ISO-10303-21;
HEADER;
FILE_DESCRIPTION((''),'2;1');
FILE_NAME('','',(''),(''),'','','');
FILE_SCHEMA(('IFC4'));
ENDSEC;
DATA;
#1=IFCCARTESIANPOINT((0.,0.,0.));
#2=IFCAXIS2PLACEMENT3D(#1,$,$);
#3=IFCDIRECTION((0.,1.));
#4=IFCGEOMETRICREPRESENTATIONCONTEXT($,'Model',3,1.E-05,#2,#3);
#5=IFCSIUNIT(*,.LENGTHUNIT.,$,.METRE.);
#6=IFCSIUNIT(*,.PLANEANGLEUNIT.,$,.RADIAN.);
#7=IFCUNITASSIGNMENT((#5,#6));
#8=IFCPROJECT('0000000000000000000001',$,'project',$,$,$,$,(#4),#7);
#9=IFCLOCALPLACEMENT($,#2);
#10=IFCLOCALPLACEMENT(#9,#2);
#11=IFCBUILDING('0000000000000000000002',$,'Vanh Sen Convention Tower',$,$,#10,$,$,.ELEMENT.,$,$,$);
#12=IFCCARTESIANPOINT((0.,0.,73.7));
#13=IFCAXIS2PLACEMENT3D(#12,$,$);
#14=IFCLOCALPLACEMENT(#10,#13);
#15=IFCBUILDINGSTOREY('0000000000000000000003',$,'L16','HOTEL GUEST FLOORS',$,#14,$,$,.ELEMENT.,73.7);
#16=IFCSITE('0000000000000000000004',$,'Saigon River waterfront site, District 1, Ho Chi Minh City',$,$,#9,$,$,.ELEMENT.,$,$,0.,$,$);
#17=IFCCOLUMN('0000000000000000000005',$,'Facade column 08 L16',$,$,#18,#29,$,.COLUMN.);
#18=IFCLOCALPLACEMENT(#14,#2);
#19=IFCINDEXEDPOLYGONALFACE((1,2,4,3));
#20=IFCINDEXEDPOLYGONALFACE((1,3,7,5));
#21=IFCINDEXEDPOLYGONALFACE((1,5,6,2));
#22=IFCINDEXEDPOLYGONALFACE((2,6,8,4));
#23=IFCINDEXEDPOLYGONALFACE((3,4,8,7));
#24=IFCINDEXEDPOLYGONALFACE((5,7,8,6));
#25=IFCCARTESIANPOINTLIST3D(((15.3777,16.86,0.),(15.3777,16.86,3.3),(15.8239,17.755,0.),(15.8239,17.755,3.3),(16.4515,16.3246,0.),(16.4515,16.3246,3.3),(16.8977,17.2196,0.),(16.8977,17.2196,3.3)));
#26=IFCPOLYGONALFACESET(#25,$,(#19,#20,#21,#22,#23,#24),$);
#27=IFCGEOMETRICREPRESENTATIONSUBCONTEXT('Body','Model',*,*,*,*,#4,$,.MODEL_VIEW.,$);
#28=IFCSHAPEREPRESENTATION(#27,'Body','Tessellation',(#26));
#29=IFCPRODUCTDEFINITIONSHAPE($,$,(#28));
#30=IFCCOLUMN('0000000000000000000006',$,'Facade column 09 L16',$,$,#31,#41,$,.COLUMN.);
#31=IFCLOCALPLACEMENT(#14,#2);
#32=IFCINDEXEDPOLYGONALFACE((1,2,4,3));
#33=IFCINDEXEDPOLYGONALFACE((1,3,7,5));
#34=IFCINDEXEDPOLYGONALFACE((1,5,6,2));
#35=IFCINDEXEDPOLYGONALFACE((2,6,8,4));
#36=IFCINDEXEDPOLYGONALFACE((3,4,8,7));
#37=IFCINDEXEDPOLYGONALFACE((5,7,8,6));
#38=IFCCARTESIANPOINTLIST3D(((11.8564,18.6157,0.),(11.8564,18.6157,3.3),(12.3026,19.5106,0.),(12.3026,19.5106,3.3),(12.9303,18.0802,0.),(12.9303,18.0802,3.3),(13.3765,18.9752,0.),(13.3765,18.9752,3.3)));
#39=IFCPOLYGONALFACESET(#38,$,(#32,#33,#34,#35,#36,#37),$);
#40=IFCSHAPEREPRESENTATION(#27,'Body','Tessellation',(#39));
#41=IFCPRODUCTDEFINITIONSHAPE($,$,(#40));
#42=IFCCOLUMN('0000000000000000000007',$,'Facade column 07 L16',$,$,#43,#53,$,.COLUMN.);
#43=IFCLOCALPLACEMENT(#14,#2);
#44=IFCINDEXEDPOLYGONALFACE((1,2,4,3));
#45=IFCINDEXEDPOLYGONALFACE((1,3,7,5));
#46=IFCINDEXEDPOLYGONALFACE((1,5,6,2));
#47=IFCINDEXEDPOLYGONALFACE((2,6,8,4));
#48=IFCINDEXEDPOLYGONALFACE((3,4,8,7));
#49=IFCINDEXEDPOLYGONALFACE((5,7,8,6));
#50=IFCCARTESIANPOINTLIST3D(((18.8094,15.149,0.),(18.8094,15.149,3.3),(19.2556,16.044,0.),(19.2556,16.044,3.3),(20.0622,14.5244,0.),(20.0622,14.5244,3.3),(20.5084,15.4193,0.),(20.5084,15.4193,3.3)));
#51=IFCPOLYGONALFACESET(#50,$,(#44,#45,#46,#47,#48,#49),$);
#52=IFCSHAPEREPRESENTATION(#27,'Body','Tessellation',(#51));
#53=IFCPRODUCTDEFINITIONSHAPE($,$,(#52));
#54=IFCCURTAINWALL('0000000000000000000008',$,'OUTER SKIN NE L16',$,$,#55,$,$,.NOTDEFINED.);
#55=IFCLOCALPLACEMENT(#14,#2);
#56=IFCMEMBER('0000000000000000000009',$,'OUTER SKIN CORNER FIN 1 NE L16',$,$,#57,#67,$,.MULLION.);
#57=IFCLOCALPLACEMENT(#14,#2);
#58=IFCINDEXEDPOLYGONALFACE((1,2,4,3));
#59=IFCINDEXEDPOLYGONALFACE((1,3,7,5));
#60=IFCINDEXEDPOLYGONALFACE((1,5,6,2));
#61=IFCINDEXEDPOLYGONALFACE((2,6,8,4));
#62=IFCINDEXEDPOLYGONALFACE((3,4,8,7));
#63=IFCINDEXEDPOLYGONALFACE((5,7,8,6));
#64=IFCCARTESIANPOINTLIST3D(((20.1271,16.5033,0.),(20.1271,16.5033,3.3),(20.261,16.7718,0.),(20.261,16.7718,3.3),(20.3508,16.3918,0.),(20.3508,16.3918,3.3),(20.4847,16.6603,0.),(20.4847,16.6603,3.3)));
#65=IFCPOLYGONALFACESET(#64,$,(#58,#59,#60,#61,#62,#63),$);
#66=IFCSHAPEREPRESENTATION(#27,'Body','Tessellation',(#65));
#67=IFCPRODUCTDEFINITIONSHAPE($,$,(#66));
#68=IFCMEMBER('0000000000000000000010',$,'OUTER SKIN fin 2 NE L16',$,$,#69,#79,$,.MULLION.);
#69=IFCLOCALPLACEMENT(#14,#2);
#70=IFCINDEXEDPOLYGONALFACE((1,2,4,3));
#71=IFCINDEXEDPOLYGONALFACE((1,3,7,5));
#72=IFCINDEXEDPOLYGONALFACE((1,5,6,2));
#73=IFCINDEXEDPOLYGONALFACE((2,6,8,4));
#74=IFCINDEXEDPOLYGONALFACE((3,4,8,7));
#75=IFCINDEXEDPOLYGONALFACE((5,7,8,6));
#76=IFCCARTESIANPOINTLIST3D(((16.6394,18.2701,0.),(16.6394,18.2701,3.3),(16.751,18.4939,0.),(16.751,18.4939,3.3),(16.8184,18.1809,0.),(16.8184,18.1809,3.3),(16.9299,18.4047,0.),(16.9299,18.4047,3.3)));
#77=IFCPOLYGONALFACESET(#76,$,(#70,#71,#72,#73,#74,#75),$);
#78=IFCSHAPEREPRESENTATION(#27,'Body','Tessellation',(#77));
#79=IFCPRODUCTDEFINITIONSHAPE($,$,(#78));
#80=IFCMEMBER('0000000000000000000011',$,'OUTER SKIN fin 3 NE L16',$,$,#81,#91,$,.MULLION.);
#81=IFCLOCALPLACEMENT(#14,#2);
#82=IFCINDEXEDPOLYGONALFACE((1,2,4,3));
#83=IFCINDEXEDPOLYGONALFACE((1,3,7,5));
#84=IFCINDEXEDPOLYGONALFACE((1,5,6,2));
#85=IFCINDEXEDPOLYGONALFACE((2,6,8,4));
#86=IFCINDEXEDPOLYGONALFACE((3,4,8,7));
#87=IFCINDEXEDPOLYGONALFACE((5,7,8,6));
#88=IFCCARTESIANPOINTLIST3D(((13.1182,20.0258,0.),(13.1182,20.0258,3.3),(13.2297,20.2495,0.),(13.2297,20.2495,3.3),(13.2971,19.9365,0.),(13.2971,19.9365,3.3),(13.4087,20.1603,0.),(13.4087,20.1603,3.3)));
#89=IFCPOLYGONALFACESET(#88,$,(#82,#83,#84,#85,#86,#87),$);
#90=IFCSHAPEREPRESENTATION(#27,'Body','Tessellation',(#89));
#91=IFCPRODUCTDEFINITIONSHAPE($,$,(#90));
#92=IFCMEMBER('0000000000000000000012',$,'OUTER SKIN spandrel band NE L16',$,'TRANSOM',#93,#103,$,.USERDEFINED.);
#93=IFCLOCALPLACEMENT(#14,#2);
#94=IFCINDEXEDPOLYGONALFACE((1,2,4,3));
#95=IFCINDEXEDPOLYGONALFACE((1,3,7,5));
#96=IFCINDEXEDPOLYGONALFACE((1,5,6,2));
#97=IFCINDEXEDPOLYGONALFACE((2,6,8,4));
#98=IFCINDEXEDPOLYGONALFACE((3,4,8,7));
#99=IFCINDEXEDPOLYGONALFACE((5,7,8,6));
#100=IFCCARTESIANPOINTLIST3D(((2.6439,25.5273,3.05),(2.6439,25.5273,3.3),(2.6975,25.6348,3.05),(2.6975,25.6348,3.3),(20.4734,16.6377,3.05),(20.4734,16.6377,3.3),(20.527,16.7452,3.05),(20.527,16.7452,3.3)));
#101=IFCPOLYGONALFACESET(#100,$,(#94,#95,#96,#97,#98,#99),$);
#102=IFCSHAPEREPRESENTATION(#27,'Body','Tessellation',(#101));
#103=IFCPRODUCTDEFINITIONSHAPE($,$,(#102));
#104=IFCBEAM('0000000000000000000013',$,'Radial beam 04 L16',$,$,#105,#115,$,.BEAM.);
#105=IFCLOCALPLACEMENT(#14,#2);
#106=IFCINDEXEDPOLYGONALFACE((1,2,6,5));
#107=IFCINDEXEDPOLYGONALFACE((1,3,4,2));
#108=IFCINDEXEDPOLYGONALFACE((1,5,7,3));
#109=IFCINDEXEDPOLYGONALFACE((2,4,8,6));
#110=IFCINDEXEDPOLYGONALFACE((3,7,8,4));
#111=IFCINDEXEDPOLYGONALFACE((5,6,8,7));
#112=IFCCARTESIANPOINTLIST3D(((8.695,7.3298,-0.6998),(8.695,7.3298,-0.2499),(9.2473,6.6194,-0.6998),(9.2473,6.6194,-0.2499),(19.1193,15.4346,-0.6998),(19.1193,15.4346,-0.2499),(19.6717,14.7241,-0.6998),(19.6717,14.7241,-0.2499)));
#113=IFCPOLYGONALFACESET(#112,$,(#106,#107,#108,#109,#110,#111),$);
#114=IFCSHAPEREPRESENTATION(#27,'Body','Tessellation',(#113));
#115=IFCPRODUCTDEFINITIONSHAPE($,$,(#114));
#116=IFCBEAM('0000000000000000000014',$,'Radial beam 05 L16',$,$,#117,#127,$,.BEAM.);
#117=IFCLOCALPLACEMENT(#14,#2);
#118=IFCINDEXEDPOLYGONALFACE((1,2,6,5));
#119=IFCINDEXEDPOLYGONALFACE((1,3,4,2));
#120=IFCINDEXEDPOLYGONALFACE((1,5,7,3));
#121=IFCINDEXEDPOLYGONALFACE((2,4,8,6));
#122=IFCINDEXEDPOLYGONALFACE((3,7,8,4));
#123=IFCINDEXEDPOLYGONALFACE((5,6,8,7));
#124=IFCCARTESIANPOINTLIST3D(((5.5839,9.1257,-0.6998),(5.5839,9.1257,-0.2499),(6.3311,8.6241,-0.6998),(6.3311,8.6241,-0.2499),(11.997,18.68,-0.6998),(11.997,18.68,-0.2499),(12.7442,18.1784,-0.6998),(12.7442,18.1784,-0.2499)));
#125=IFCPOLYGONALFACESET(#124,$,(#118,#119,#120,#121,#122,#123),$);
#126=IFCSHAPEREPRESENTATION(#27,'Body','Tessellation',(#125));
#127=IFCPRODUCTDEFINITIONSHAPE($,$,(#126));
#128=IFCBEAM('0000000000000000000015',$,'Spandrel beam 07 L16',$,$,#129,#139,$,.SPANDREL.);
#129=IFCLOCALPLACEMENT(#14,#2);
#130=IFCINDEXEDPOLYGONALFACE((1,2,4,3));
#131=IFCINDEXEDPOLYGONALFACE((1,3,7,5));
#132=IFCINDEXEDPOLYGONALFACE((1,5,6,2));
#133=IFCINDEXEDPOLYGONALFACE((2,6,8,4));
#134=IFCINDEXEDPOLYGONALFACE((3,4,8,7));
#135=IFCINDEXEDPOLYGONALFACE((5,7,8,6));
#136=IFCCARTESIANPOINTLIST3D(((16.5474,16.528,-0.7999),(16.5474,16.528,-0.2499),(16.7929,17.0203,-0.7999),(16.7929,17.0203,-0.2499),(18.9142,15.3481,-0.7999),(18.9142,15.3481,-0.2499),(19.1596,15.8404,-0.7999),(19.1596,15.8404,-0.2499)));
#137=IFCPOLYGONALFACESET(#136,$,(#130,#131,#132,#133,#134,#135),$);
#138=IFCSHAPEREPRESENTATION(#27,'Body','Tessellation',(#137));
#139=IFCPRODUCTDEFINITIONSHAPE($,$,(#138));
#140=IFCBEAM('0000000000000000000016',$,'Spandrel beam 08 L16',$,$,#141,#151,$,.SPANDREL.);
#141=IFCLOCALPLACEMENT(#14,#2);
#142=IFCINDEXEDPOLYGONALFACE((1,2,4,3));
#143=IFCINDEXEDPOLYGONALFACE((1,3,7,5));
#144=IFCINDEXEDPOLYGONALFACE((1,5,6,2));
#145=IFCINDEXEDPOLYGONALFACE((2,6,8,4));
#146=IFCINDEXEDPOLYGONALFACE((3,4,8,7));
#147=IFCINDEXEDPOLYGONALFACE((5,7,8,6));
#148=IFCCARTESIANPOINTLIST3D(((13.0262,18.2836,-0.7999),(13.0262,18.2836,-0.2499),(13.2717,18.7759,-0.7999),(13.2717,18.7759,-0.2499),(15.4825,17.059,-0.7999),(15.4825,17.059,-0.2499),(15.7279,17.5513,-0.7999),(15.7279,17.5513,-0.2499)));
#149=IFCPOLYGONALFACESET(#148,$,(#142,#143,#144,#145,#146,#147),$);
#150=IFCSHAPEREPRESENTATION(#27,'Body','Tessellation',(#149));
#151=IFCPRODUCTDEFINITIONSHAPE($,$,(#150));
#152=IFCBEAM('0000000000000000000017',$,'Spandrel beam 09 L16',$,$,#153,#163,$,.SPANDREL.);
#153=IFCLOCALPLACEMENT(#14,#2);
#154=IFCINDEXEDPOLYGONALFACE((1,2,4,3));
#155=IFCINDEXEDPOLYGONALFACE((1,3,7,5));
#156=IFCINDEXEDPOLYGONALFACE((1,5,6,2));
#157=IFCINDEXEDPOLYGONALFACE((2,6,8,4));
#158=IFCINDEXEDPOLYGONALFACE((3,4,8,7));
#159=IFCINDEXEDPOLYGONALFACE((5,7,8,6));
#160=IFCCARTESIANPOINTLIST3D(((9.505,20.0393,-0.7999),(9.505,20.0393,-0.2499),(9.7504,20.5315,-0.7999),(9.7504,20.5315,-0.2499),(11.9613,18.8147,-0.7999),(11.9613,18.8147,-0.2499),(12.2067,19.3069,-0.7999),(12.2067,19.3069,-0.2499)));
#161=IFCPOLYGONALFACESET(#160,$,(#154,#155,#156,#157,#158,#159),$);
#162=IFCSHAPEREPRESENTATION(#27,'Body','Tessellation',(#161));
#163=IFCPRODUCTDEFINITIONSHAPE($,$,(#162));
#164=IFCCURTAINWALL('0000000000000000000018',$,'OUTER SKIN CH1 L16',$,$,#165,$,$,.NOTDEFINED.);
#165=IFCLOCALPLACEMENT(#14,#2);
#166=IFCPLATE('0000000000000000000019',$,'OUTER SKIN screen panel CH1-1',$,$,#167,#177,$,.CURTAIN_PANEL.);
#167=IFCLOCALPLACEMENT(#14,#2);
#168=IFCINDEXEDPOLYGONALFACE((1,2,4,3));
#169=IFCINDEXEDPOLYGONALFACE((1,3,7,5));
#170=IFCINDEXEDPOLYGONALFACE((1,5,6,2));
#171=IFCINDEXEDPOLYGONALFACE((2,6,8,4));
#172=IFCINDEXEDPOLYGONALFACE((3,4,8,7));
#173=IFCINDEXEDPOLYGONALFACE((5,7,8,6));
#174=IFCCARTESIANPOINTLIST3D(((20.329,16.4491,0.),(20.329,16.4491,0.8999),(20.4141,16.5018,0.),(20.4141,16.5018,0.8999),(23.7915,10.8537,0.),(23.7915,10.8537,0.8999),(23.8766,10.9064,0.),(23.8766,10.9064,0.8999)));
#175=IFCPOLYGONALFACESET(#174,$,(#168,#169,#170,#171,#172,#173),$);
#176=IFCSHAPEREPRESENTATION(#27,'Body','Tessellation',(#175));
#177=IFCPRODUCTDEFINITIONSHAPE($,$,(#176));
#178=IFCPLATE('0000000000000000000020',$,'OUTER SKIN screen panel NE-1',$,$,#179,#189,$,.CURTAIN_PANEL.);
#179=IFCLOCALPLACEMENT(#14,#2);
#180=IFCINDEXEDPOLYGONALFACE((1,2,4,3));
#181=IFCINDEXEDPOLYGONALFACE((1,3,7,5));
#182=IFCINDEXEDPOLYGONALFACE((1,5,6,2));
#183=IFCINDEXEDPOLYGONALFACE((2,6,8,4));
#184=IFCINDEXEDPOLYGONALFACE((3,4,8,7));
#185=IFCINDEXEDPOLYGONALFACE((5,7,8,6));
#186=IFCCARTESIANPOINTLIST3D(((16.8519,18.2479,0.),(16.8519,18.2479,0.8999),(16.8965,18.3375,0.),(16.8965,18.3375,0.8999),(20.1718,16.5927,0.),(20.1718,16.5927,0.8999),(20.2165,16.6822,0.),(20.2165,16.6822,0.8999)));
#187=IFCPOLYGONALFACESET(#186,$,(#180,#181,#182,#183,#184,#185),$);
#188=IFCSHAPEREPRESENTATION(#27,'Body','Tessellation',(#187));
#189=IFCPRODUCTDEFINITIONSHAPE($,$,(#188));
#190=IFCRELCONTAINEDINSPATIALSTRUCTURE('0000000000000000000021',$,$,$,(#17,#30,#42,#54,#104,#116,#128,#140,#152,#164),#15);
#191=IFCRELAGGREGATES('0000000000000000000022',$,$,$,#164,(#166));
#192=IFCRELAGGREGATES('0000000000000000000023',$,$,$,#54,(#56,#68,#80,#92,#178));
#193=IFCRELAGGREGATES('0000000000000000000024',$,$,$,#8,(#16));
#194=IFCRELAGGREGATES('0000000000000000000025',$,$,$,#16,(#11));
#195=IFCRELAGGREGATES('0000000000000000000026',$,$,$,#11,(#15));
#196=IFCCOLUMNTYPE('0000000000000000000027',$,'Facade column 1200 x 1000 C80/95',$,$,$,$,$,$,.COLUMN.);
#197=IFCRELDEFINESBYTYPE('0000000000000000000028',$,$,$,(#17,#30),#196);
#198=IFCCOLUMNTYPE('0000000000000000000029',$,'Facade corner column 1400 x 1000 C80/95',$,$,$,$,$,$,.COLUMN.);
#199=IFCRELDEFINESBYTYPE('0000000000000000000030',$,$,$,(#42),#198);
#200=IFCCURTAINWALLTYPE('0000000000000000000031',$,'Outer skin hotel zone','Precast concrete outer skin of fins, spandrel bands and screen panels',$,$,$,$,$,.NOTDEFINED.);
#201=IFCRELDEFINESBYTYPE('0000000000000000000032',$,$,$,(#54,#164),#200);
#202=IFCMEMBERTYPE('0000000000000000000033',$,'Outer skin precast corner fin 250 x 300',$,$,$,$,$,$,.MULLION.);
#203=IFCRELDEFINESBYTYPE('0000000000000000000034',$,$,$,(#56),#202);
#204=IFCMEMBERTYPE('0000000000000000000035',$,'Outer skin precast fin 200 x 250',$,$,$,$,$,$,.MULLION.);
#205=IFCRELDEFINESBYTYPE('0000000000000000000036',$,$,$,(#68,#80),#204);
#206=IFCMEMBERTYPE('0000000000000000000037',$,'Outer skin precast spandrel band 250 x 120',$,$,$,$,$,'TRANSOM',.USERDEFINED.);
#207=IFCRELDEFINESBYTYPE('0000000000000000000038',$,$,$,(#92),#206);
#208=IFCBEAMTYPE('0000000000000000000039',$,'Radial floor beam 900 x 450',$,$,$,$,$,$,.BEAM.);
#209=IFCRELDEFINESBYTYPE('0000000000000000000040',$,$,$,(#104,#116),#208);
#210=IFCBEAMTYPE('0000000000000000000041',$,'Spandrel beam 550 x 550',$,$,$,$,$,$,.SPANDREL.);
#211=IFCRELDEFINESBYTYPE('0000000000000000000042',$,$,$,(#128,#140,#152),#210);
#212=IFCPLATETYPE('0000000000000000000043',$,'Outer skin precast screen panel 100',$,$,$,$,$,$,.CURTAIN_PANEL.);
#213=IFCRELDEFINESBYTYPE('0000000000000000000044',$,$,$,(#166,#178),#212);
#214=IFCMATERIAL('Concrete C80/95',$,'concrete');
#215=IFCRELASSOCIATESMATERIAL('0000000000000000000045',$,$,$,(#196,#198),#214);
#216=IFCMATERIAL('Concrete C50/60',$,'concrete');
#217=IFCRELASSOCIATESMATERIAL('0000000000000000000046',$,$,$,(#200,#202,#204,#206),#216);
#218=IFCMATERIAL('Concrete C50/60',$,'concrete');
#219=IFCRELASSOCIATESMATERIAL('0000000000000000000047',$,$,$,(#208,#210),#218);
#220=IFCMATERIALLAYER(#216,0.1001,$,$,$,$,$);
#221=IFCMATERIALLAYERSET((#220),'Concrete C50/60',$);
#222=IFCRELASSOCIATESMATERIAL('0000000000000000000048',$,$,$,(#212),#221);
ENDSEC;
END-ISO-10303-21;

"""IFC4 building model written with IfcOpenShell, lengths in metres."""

from ifc_helpers import new_model, si_unit, direction, frame, origin, origin_2d, place, context, subcontext, project, spatial, rectangle, extrude, material, layer, layer_set, material_profile, profile_set, type_object, element, aggregate, save


model = new_model("IFC4")

# Units and contexts
model_context = context("Model", 3, precision=1e-05, world=origin(), true_north=direction((0.0, 1.0)))
body_context = subcontext(model_context, "Body", "Model", "MODEL_VIEW")
ifc_project = project(units=[si_unit("LENGTHUNIT", "METRE"), si_unit("PLANEANGLEUNIT", "RADIAN")], contexts=[model_context])

# Site, building, storey
site_placement = place(None, origin())
site = spatial("IfcSite", under=ifc_project, at=site_placement, Name="Saigon River waterfront site, District 1, Ho Chi Minh City", CompositionType="ELEMENT", RefElevation=0.0)
building_placement = place(site_placement, origin())
building = spatial("IfcBuilding", under=site, at=building_placement, Name="Vanh Sen Convention Tower", CompositionType="ELEMENT")
storey_placement = place(building_placement, frame((0.0, 0.0, 73.7)))
storey = spatial("IfcBuildingStorey", under=building, at=storey_placement, Name="L16", Description="HOTEL GUEST FLOORS", CompositionType="ELEMENT", Elevation=73.7)

# Columns
ifc_material_1 = material(Name="Concrete C80/95", Category="concrete")
ifc_material_profile_1 = material_profile(ifc_material_1, rectangle(XDim=1.2, YDim=1.0, at=origin_2d()), Name="RC 1200X1000")
ifc_profile_set_1 = profile_set([ifc_material_profile_1], Name="Concrete C80/95")
column_type_1 = type_object("IfcColumnType", Name="Facade column 1200 x 1000 C80/95", PredefinedType="COLUMN", material=ifc_profile_set_1)
for number, where, z_axis, x_axis, name in (
    (1, (16.1377, 17.0398, 0.0), (0.0, 0.0, 1.0), (-0.894934, 0.446198, 0.0), "Facade column 08 L16"),
    (2, (12.6165, 18.7954, 0.0), (0.0, 0.0, 1.0), (-0.894934, 0.446198, 0.0), "Facade column 09 L16"),
):
    element("IfcColumn", number, at=place(storey_placement, frame(where, z_axis=z_axis, x_axis=x_axis)), inside=storey, type_object=column_type_1, Name=name, PredefinedType="COLUMN", context=body_context, shape_type="SweptSolid", body=[
        extrude(rectangle(XDim=1.2, YDim=1.0, at=origin_2d()), origin(), (0.0, 0.0, 1.0), 3.3),
    ])
ifc_material_profile_2 = material_profile(ifc_material_1, rectangle(XDim=1.3999, YDim=1.0, at=origin_2d()), Name="RC 1400X1000")
ifc_profile_set_2 = profile_set([ifc_material_profile_2], Name="Concrete C80/95")
column_type_2 = type_object("IfcColumnType", Name="Facade corner column 1400 x 1000 C80/95", PredefinedType="COLUMN", material=ifc_profile_set_2)
column_placement = place(storey_placement, frame((19.6589, 15.2842, 0.0), z_axis=(0.0, 0.0, 1.0), x_axis=(-0.894934, 0.446198, 0.0)))
element("IfcColumn", 3, at=column_placement, inside=storey, type_object=column_type_2, Name="Facade column 07 L16", PredefinedType="COLUMN", context=body_context, shape_type="SweptSolid", body=[
    extrude(rectangle(XDim=1.3999, YDim=1.0, at=origin_2d()), origin(), (0.0, 0.0, 1.0), 3.3),
])

# Curtain wall, members
ifc_material_2 = material(Name="Concrete C50/60", Category="concrete")
curtain_wall_type = type_object("IfcCurtainWallType", Name="Outer skin hotel zone", Description="Precast concrete outer skin of fins, spandrel bands and screen panels", PredefinedType="NOTDEFINED", material=ifc_material_2)
curtain_wall_1_placement = place(storey_placement, origin())
curtain_wall_1 = element("IfcCurtainWall", 4, at=curtain_wall_1_placement, inside=storey, type_object=curtain_wall_type, Name="OUTER SKIN NE L16", PredefinedType="NOTDEFINED")
ifc_material_profile_3 = material_profile(ifc_material_2, rectangle(XDim=0.25, YDim=0.3, at=origin_2d()), Name="Outer skin precast corner fin 250 x 300")
ifc_profile_set_3 = profile_set([ifc_material_profile_3], Name="Concrete C50/60")
member_type_1 = type_object("IfcMemberType", Name="Outer skin precast corner fin 250 x 300", PredefinedType="MULLION", material=ifc_profile_set_3)
member_1_placement = place(storey_placement, frame((20.3059, 16.5818, 0.0), z_axis=(0.0, 0.0, 1.0), x_axis=(-0.894934, 0.446198, 0.0)))
member_1 = element("IfcMember", 5, at=member_1_placement, type_object=member_type_1, Name="OUTER SKIN CORNER FIN 1 NE L16", PredefinedType="MULLION", context=body_context, shape_type="SweptSolid", body=[
    extrude(rectangle(XDim=0.25, YDim=0.3, at=origin_2d()), origin(), (0.0, 0.0, 1.0), 3.3),
])
ifc_material_profile_4 = material_profile(ifc_material_2, rectangle(XDim=0.2, YDim=0.25, at=origin_2d()), Name="Outer skin precast fin 200 x 250")
ifc_profile_set_4 = profile_set([ifc_material_profile_4], Name="Concrete C50/60")
member_type_2 = type_object("IfcMemberType", Name="Outer skin precast fin 200 x 250", PredefinedType="MULLION", material=ifc_profile_set_4)
member_2_placement = place(storey_placement, frame((16.7847, 18.3374, 0.0), z_axis=(0.0, 0.0, 1.0), x_axis=(-0.894934, 0.446198, 0.0)))
member_2 = element("IfcMember", 6, at=member_2_placement, type_object=member_type_2, Name="OUTER SKIN fin 2 NE L16", PredefinedType="MULLION", context=body_context, shape_type="SweptSolid", body=[
    extrude(rectangle(XDim=0.2, YDim=0.25, at=origin_2d()), origin(), (0.0, 0.0, 1.0), 3.3),
])
member_3_placement = place(storey_placement, frame((13.2634, 20.093, 0.0), z_axis=(0.0, 0.0, 1.0), x_axis=(-0.894934, 0.446198, 0.0)))
member_3 = element("IfcMember", 7, at=member_3_placement, type_object=member_type_2, Name="OUTER SKIN fin 3 NE L16", PredefinedType="MULLION", context=body_context, shape_type="SweptSolid", body=[
    extrude(rectangle(XDim=0.2, YDim=0.25, at=origin_2d()), origin(), (0.0, 0.0, 1.0), 3.3),
])
ifc_material_profile_5 = material_profile(ifc_material_2, rectangle(XDim=0.1201, YDim=0.25, at=origin_2d()), Name="Outer skin precast spandrel band 250 x 120")
ifc_profile_set_5 = profile_set([ifc_material_profile_5], Name="Concrete C50/60")
member_type_3 = type_object("IfcMemberType", Name="Outer skin precast spandrel band 250 x 120", ElementType="TRANSOM", PredefinedType="USERDEFINED", material=ifc_profile_set_5)
member_4_placement = place(storey_placement, frame((20.5002, 16.6914, 3.175), z_axis=(-0.894931, 0.446204, 0.0), x_axis=(-0.446204, -0.894931, 0.0)))
member_4 = element("IfcMember", 8, at=member_4_placement, type_object=member_type_3, Name="OUTER SKIN spandrel band NE L16", ObjectType="TRANSOM", PredefinedType="USERDEFINED", context=body_context, shape_type="SweptSolid", body=[
    extrude(rectangle(XDim=0.1201, YDim=0.25, at=origin_2d()), origin(), (0.0, 0.0, 1.0), 19.9229),
])

# Beams
ifc_material_3 = material(Name="Concrete C50/60", Category="concrete")
ifc_material_profile_6 = material_profile(ifc_material_3, rectangle(XDim=0.8999, YDim=0.45, at=origin_2d()), Name="RC 900X450")
ifc_profile_set_6 = profile_set([ifc_material_profile_6], Name="Concrete C50/60")
beam_type_1 = type_object("IfcBeamType", Name="Radial floor beam 900 x 450", PredefinedType="BEAM", material=ifc_profile_set_6)
beam_1_placement = place(storey_placement, frame((19.3955, 15.0793, -0.4749), z_axis=(-0.789465, -0.613796, 0.0), x_axis=(0.613796, -0.789465, 0.0)))
element("IfcBeam", 9, at=beam_1_placement, inside=storey, type_object=beam_type_1, Name="Radial beam 04 L16", PredefinedType="BEAM", context=body_context, shape_type="SweptSolid", body=[
    extrude(rectangle(XDim=0.8999, YDim=0.45, at=origin_2d()), origin(), (0.0, 0.0, 1.0), 13.2043),
])
beam_2_placement = place(storey_placement, frame((12.3706, 18.4292, -0.4749), z_axis=(-0.557322, -0.830297, 0.0), x_axis=(0.830297, -0.557322, 0.0)))
element("IfcBeam", 10, at=beam_2_placement, inside=storey, type_object=beam_type_1, Name="Radial beam 05 L16", PredefinedType="BEAM", context=body_context, shape_type="SweptSolid", body=[
    extrude(rectangle(XDim=0.8999, YDim=0.45, at=origin_2d()), origin(), (0.0, 0.0, 1.0), 11.5071),
])
ifc_material_profile_7 = material_profile(ifc_material_3, rectangle(XDim=0.55, YDim=0.55, at=origin_2d()), Name="RC 550X550")
ifc_profile_set_7 = profile_set([ifc_material_profile_7], Name="Concrete C50/60")
beam_type_2 = type_object("IfcBeamType", Name="Spandrel beam 550 x 550", PredefinedType="SPANDREL", material=ifc_profile_set_7)
beam_3_placement = place(storey_placement, frame((19.0369, 15.5942, -0.5249), z_axis=(-0.894944, 0.446179, 0.0), x_axis=(-0.446179, -0.894944, 0.0)))
element("IfcBeam", 11, at=beam_3_placement, inside=storey, type_object=beam_type_2, Name="Spandrel beam 07 L16", PredefinedType="SPANDREL", context=body_context, shape_type="SweptSolid", body=[
    extrude(rectangle(XDim=0.55, YDim=0.55, at=origin_2d()), origin(), (0.0, 0.0, 1.0), 2.6445),
])
for number, where, z_axis, x_axis, name in (
    (12, (15.6052, 17.3052, -0.5249), (-0.894943, 0.446181, 0.0), (-0.446181, -0.894943, 0.0), "Spandrel beam 08 L16"),
    (13, (12.084, 19.0608, -0.5249), (-0.894943, 0.446181, 0.0), (-0.446181, -0.894943, 0.0), "Spandrel beam 09 L16"),
):
    element("IfcBeam", number, at=place(storey_placement, frame(where, z_axis=z_axis, x_axis=x_axis)), inside=storey, type_object=beam_type_2, Name=name, PredefinedType="SPANDREL", context=body_context, shape_type="SweptSolid", body=[
        extrude(rectangle(XDim=0.55, YDim=0.55, at=origin_2d()), origin(), (0.0, 0.0, 1.0), 2.7446),
    ])

# Curtain wall, plate
curtain_wall_2_placement = place(storey_placement, origin())
curtain_wall_2 = element("IfcCurtainWall", 14, at=curtain_wall_2_placement, inside=storey, type_object=curtain_wall_type, Name="OUTER SKIN CH1 L16", PredefinedType="NOTDEFINED")
ifc_layer_1 = layer(ifc_material_2, 0.1001)
ifc_layer_set_1 = layer_set([ifc_layer_1], Name="Concrete C50/60")
plate_type = type_object("IfcPlateType", Name="Outer skin precast screen panel 100", PredefinedType="CURTAIN_PANEL", material=ifc_layer_set_1)
plate_1_placement = place(storey_placement, frame((22.1028, 13.6777, 0.0), z_axis=(0.0, 0.0, 1.0), x_axis=(-0.526212, 0.850353, 0.0)))
plate_1 = element("IfcPlate", 15, at=plate_1_placement, type_object=plate_type, Name="OUTER SKIN screen panel CH1-1", PredefinedType="CURTAIN_PANEL", context=body_context, shape_type="SweptSolid", body=[
    extrude(rectangle(XDim=6.5801, YDim=0.1001, at=origin_2d()), origin(), (0.0, 0.0, 1.0), 0.8999),
])
aggregate(curtain_wall_2, [plate_1])

# Plate
plate_2_placement = place(storey_placement, frame((18.5342, 17.4651, 0.0), z_axis=(0.0, 0.0, 1.0), x_axis=(-0.894935, 0.446196, 0.0)))
plate_2 = element("IfcPlate", 16, at=plate_2_placement, type_object=plate_type, Name="OUTER SKIN screen panel NE-1", PredefinedType="CURTAIN_PANEL", context=body_context, shape_type="SweptSolid", body=[
    extrude(rectangle(XDim=3.7097, YDim=0.1001, at=origin_2d()), origin(), (0.0, 0.0, 1.0), 0.8999),
])
aggregate(curtain_wall_1, [member_1, member_2, member_3, member_4, plate_2])

save(model, "model.ifc")
